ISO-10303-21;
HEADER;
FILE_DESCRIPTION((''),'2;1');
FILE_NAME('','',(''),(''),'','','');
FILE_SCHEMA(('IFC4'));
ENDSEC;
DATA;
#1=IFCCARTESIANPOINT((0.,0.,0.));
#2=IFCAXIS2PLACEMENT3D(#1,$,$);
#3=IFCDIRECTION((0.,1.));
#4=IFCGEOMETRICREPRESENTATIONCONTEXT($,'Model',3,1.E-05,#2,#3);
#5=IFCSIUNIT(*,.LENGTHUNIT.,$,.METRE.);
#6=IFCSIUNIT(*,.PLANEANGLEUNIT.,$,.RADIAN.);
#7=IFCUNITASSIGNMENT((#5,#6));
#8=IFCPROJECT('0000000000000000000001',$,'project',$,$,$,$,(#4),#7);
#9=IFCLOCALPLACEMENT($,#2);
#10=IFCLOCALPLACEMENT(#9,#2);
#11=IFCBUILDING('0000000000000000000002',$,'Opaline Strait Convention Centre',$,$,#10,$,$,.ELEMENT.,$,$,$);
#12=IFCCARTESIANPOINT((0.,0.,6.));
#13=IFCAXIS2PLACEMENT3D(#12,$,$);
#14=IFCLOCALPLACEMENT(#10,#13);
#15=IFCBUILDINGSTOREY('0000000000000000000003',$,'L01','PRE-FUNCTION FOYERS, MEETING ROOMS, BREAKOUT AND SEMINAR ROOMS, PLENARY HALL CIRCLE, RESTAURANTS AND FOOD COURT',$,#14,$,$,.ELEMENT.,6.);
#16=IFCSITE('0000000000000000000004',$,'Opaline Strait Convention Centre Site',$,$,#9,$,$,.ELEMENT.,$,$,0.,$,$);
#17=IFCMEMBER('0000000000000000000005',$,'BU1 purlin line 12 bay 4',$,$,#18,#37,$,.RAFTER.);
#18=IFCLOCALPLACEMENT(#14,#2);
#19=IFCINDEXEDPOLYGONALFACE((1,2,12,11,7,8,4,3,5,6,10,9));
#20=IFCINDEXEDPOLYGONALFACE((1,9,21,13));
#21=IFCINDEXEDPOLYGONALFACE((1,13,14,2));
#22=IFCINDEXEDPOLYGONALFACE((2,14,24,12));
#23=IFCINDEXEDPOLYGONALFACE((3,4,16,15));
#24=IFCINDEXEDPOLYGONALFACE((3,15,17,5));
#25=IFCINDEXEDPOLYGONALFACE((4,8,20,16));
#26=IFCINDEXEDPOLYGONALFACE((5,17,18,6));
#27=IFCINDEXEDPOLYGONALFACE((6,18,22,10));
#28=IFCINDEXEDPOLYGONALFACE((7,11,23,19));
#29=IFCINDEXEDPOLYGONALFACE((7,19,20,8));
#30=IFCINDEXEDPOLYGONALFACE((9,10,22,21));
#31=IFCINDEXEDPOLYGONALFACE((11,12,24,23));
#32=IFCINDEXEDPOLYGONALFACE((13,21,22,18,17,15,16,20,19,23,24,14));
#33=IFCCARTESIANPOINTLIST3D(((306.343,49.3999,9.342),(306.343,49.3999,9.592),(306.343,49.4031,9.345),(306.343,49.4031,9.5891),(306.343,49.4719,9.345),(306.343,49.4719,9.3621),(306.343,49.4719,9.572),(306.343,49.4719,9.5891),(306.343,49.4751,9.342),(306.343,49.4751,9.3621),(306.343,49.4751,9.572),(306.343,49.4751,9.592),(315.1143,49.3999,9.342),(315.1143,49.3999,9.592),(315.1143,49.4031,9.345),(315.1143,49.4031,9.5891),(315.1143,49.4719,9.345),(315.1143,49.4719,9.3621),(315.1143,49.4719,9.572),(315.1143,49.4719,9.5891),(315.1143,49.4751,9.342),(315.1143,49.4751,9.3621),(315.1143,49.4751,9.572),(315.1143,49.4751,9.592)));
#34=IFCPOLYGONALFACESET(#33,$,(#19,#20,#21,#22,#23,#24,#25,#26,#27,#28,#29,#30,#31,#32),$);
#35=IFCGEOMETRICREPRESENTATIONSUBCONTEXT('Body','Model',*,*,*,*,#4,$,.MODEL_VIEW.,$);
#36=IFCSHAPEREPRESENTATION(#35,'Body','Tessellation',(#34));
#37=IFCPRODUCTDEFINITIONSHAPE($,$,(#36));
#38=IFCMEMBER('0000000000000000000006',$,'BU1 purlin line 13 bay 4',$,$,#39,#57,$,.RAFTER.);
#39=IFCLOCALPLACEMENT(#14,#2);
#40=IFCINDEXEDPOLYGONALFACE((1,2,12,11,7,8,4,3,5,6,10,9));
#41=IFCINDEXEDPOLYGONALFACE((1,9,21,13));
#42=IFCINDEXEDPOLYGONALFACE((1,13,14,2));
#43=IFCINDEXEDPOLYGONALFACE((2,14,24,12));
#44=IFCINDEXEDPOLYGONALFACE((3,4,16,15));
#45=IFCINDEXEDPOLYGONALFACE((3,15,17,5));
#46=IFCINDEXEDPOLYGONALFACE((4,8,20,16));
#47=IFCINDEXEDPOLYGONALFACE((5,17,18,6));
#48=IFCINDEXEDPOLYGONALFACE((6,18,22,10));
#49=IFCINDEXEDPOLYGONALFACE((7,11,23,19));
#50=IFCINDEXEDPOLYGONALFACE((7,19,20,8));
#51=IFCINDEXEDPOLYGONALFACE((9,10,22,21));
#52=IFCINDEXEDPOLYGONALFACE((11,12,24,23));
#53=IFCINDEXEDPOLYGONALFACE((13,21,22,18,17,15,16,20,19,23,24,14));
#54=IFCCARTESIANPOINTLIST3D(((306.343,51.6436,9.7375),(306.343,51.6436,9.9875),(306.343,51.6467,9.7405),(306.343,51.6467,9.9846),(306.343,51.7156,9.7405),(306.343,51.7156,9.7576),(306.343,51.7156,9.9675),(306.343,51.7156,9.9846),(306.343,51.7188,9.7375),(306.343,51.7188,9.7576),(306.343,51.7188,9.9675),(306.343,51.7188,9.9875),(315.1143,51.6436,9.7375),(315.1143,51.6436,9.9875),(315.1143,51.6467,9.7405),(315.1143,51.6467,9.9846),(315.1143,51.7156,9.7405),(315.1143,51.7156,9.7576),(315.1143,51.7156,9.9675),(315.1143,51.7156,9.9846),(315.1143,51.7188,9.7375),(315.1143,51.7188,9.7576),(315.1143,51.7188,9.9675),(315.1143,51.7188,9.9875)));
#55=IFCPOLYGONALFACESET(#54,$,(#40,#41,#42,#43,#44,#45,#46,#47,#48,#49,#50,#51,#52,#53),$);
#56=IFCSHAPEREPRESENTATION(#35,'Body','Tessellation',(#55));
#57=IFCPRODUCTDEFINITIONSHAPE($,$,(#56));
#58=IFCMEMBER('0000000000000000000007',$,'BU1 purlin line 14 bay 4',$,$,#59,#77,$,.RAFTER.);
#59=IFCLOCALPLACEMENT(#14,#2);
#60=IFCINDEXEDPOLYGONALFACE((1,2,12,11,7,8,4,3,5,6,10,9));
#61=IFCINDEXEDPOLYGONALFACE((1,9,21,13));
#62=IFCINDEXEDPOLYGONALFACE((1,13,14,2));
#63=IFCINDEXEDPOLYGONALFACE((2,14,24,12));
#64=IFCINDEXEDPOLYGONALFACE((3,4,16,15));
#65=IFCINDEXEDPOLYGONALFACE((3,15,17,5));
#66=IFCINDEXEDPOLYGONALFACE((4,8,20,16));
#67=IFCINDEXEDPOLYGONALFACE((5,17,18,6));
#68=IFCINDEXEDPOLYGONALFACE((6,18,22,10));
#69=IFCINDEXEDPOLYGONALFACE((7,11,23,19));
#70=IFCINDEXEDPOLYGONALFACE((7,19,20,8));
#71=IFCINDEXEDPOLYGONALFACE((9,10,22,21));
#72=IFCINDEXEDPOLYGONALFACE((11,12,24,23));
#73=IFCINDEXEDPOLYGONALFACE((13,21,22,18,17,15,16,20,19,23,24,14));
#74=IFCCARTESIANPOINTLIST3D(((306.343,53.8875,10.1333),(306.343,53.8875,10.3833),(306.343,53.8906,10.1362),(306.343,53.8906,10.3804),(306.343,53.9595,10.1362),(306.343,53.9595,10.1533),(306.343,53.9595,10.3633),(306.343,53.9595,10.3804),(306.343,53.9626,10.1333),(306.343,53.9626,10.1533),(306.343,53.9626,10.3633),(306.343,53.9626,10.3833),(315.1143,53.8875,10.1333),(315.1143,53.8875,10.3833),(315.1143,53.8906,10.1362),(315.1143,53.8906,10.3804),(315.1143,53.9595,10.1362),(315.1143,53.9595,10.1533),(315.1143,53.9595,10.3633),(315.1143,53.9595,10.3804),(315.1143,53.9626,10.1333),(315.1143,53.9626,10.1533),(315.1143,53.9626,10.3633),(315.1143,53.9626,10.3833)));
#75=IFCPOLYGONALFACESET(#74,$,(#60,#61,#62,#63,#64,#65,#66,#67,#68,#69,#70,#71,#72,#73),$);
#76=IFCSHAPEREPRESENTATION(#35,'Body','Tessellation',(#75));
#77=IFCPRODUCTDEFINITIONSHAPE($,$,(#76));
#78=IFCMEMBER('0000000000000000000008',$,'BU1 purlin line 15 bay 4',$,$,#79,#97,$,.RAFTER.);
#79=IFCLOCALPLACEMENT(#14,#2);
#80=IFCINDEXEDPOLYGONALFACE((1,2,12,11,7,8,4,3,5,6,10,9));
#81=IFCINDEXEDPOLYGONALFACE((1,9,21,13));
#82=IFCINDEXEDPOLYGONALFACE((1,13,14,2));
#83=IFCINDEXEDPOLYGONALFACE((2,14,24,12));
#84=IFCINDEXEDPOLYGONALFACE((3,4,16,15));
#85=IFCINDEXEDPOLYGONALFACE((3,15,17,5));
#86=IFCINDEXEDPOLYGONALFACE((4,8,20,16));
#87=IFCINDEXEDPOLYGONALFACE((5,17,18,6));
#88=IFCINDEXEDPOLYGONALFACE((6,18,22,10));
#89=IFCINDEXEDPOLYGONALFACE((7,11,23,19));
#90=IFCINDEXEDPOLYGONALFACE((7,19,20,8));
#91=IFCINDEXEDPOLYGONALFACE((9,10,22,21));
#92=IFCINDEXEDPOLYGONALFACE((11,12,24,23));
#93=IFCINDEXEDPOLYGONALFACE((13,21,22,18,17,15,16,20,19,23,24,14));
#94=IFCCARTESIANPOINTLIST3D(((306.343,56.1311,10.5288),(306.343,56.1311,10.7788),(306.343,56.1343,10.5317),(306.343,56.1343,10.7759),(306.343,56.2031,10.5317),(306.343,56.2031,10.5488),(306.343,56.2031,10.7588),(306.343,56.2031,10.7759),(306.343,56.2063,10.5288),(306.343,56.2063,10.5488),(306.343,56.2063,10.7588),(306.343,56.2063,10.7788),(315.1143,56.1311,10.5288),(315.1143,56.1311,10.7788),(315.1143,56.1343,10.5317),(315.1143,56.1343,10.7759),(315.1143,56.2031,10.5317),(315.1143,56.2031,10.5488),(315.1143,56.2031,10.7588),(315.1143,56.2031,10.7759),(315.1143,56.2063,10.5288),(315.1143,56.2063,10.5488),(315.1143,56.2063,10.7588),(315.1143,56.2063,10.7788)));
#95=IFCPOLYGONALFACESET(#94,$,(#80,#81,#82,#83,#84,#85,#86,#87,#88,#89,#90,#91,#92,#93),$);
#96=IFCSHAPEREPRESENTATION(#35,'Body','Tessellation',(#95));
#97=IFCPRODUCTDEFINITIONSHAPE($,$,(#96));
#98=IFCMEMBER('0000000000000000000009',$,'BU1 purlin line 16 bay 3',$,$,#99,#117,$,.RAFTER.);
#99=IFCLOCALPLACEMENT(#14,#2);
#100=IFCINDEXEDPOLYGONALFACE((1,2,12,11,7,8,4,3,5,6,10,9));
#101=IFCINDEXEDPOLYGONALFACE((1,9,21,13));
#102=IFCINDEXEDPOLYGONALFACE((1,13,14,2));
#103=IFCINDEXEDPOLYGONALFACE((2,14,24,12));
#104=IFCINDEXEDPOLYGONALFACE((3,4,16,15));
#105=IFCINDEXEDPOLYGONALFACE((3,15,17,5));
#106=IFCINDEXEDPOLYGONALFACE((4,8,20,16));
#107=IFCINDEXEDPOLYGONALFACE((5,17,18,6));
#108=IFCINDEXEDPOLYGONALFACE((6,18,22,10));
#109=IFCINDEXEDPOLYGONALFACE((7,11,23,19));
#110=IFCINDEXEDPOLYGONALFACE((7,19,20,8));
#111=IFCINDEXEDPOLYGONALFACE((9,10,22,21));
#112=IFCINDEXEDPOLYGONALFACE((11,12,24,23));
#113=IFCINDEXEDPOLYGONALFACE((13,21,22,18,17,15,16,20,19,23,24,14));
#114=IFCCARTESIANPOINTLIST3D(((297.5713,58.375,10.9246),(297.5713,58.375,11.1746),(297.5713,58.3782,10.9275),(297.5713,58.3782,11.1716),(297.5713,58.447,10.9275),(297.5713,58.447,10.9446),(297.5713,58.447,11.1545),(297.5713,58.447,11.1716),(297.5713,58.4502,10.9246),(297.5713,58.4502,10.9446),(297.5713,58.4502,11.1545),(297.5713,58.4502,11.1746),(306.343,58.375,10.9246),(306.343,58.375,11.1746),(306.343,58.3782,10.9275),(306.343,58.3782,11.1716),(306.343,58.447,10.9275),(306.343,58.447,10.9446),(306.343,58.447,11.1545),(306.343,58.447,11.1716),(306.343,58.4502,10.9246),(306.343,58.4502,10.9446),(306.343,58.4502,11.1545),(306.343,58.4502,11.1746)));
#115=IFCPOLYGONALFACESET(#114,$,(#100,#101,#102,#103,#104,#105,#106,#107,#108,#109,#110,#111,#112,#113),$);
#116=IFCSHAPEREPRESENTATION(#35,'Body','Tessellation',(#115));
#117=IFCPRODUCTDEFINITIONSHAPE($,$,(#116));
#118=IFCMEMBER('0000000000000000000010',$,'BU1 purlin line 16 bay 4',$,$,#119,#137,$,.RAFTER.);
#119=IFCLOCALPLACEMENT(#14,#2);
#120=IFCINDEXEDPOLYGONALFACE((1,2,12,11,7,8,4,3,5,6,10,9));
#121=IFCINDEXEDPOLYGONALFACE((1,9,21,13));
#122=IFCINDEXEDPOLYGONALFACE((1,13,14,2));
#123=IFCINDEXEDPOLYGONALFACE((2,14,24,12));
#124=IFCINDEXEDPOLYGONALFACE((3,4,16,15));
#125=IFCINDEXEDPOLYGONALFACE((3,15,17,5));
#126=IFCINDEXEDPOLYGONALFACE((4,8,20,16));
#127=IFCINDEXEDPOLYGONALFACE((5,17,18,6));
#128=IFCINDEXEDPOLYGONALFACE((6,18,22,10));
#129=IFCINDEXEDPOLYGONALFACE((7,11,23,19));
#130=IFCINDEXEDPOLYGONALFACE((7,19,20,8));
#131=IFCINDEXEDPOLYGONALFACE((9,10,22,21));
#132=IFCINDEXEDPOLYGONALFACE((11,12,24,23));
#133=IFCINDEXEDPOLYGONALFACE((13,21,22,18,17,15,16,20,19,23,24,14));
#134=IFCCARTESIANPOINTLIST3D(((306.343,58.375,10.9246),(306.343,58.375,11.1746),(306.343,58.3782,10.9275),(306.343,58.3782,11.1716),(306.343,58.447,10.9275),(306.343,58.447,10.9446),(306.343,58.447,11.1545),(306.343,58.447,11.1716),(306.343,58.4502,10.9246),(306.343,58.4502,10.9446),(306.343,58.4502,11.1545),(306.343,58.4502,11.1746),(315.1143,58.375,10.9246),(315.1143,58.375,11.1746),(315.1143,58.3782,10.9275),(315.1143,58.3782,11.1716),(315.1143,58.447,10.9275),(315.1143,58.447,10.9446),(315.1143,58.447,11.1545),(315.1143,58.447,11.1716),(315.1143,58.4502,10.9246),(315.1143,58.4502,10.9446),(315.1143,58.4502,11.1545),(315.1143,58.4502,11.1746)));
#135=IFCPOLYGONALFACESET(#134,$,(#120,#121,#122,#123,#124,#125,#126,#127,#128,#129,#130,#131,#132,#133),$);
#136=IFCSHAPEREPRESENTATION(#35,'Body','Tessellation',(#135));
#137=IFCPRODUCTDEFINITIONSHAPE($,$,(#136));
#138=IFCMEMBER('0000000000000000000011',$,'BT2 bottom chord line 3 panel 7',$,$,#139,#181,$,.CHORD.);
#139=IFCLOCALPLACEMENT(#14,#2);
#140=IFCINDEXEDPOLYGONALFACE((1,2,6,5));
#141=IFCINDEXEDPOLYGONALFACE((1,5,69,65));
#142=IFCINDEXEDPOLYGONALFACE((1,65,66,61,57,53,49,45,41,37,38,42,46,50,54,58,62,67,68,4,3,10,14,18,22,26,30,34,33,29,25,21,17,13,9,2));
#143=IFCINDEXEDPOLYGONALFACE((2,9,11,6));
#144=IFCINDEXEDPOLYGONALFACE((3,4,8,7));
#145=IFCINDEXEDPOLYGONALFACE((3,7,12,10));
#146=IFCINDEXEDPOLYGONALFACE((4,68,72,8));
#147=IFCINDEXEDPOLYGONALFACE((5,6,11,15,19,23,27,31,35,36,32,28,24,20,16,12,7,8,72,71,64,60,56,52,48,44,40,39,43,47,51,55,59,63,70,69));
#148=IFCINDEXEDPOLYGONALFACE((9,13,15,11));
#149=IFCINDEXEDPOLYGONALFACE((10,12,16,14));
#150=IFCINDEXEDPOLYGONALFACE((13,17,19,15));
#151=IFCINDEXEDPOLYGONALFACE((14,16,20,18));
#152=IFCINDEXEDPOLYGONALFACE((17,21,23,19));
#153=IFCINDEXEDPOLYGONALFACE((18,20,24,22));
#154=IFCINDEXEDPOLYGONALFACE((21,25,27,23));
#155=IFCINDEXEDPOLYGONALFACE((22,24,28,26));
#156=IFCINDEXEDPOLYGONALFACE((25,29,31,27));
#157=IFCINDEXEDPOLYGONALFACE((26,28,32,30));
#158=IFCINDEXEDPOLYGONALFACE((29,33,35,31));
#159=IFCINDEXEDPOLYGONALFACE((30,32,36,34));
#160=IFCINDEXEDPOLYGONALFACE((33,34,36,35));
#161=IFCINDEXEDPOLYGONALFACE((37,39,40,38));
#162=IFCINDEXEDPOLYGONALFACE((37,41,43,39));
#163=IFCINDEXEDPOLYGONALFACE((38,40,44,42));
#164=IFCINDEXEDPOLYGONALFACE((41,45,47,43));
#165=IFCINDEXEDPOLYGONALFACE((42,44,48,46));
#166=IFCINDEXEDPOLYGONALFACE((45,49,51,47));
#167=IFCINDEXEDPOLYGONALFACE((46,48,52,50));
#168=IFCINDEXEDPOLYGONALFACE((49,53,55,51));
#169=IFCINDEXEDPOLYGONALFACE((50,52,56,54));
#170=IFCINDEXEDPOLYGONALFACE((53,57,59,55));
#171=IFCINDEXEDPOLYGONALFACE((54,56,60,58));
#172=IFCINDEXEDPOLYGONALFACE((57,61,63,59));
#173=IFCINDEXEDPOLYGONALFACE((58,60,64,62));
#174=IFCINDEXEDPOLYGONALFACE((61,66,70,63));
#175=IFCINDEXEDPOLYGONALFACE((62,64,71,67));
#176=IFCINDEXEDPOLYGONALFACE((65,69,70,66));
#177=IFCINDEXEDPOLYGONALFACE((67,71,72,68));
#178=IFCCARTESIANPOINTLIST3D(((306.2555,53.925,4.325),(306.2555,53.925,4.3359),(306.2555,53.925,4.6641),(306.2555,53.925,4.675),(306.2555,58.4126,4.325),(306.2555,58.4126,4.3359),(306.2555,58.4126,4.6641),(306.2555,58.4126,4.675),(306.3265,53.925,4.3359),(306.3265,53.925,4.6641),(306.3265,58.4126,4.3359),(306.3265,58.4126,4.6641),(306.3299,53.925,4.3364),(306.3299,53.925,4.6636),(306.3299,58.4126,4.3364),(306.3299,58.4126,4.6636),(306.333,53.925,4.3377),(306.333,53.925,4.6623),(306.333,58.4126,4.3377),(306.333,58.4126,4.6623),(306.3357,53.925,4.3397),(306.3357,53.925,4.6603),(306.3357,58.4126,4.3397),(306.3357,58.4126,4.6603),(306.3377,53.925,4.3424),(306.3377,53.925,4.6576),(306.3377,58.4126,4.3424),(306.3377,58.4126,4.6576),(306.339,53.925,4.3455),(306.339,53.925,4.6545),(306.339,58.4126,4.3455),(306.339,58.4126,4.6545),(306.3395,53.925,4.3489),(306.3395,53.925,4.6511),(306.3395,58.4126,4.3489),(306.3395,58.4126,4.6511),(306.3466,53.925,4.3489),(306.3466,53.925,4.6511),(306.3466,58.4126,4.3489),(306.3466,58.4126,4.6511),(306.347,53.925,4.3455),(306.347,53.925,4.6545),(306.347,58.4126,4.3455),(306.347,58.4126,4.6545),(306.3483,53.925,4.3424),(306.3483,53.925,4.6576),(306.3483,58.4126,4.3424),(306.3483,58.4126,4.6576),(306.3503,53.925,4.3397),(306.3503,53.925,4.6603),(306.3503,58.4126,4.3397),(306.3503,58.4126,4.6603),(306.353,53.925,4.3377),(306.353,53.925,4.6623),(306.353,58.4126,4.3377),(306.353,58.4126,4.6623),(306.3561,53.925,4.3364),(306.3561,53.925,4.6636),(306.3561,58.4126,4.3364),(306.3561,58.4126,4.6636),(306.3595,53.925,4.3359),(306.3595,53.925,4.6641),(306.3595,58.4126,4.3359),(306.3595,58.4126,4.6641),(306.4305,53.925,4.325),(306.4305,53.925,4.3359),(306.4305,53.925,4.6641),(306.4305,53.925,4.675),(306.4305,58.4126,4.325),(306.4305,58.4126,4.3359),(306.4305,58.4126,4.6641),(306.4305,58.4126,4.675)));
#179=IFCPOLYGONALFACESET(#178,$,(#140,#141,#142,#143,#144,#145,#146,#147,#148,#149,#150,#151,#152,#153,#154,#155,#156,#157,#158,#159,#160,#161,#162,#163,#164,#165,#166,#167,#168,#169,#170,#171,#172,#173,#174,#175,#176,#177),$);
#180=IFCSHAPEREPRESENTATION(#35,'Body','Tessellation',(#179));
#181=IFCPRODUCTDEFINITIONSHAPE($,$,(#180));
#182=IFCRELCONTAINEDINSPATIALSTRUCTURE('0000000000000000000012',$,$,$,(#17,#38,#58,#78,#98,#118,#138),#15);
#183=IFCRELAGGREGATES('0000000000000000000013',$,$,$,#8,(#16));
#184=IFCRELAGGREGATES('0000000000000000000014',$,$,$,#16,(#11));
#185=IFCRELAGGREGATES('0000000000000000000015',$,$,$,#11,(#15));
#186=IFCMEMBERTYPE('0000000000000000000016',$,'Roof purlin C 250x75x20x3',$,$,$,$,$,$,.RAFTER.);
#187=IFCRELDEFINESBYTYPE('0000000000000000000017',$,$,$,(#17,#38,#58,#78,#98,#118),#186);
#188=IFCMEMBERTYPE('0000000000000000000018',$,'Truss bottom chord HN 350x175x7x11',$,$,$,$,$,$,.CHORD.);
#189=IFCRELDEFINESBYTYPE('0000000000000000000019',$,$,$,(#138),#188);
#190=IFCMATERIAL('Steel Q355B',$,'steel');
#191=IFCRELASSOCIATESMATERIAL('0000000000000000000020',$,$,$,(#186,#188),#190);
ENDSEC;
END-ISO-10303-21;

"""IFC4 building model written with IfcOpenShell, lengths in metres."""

from ifc_helpers import new_model, si_unit, direction, frame, origin, origin_2d, place, context, subcontext, project, spatial, polyline, i_section, outline, extrude, material, material_profile, profile_set, type_object, element, save


model = new_model("IFC4")

# Units and contexts
model_context = context("Model", 3, precision=1e-05, world=origin(), true_north=direction((0.0, 1.0)))
body_context = subcontext(model_context, "Body", "Model", "MODEL_VIEW")
ifc_project = project(units=[si_unit("LENGTHUNIT", "METRE"), si_unit("PLANEANGLEUNIT", "RADIAN")], contexts=[model_context])

# Site, building, storey
site_placement = place(None, origin())
site = spatial("IfcSite", under=ifc_project, at=site_placement, Name="Opaline Strait Convention Centre Site", CompositionType="ELEMENT", RefElevation=0.0)
building_placement = place(site_placement, origin())
building = spatial("IfcBuilding", under=site, at=building_placement, Name="Opaline Strait Convention Centre", CompositionType="ELEMENT")
storey_placement = place(building_placement, frame((0.0, 0.0, 6.0)))
storey = spatial("IfcBuildingStorey", under=building, at=storey_placement, Name="L01", Description="PRE-FUNCTION FOYERS, MEETING ROOMS, BREAKOUT AND SEMINAR ROOMS, PLENARY HALL CIRCLE, RESTAURANTS AND FOOD COURT", CompositionType="ELEMENT", Elevation=6.0)

# Members
ifc_material_1 = material(Name="Steel Q355B", Category="steel")
ifc_material_profile_1 = material_profile(ifc_material_1, outline(polyline([(-0.0376, -0.125), (0.0376, -0.125), (0.0376, -0.105), (0.0344, -0.105), (0.0344, -0.1221), (-0.0344, -0.1221), (-0.0344, 0.1221), (0.0344, 0.1221), (0.0344, 0.105), (0.0376, 0.105), (0.0376, 0.125), (-0.0376, 0.125), (-0.0376, -0.125)])), Name="C 250x75x20x3")
ifc_profile_set_1 = profile_set([ifc_material_profile_1], Name="Steel Q355B")
member_type_1 = type_object("IfcMemberType", Name="Roof purlin C 250x75x20x3", PredefinedType="RAFTER", material=ifc_profile_set_1)
for number, where, z_axis, x_axis, name in (
    (1, (306.343, 49.4375, 9.467), (1.0, 0.0, 0.0), (0.0, 1.0, 0.0), "BU1 purlin line 12 bay 4"),
    (2, (306.343, 51.6812, 9.8625), (1.0, 0.0, 0.0), (0.0, 1.0, 0.0), "BU1 purlin line 13 bay 4"),
    (3, (306.343, 53.925, 10.2583), (1.0, 0.0, 0.0), (0.0, 1.0, 0.0), "BU1 purlin line 14 bay 4"),
    (4, (306.343, 56.1687, 10.6538), (1.0, 0.0, 0.0), (0.0, 1.0, 0.0), "BU1 purlin line 15 bay 4"),
):
    element("IfcMember", number, at=place(storey_placement, frame(where, z_axis=z_axis, x_axis=x_axis)), inside=storey, type_object=member_type_1, Name=name, PredefinedType="RAFTER", context=body_context, shape_type="SweptSolid", body=[
        extrude(outline(polyline([(-0.0376, -0.125), (0.0376, -0.125), (0.0376, -0.105), (0.0344, -0.105), (0.0344, -0.1221), (-0.0344, -0.1221), (-0.0344, 0.1221), (0.0344, 0.1221), (0.0344, 0.105), (0.0376, 0.105), (0.0376, 0.125), (-0.0376, 0.125), (-0.0376, -0.125)])), origin(), (0.0, 0.0, 1.0), 8.7712),
    ])
member_1_placement = place(storey_placement, frame((297.5713, 58.4126, 11.0496), z_axis=(1.0, 0.0, 0.0), x_axis=(0.0, 1.0, 0.0)))
element("IfcMember", 5, at=member_1_placement, inside=storey, type_object=member_type_1, Name="BU1 purlin line 16 bay 3", PredefinedType="RAFTER", context=body_context, shape_type="SweptSolid", body=[
    extrude(outline(polyline([(-0.0376, -0.125), (0.0376, -0.125), (0.0376, -0.105), (0.0344, -0.105), (0.0344, -0.1221), (-0.0344, -0.1221), (-0.0344, 0.1221), (0.0344, 0.1221), (0.0344, 0.105), (0.0376, 0.105), (0.0376, 0.125), (-0.0376, 0.125), (-0.0376, -0.125)])), origin(), (0.0, 0.0, 1.0), 8.7717),
])
member_2_placement = place(storey_placement, frame((306.343, 58.4126, 11.0496), z_axis=(1.0, 0.0, 0.0), x_axis=(0.0, 1.0, 0.0)))
element("IfcMember", 6, at=member_2_placement, inside=storey, type_object=member_type_1, Name="BU1 purlin line 16 bay 4", PredefinedType="RAFTER", context=body_context, shape_type="SweptSolid", body=[
    extrude(outline(polyline([(-0.0376, -0.125), (0.0376, -0.125), (0.0376, -0.105), (0.0344, -0.105), (0.0344, -0.1221), (-0.0344, -0.1221), (-0.0344, 0.1221), (0.0344, 0.1221), (0.0344, 0.105), (0.0376, 0.105), (0.0376, 0.125), (-0.0376, 0.125), (-0.0376, -0.125)])), origin(), (0.0, 0.0, 1.0), 8.7712),
])
ifc_material_profile_2 = material_profile(ifc_material_1, i_section(OverallWidth=0.175, OverallDepth=0.3501, WebThickness=0.0071, FlangeThickness=0.011, FilletRadius=0.0129, at=origin_2d()), Name="HN 350x175x7x11")
ifc_profile_set_2 = profile_set([ifc_material_profile_2], Name="Steel Q355B")
member_type_2 = type_object("IfcMemberType", Name="Truss bottom chord HN 350x175x7x11", PredefinedType="CHORD", material=ifc_profile_set_2)
member_3_placement = place(storey_placement, frame((306.343, 53.925, 4.5), z_axis=(0.0, 1.0, 0.0), x_axis=(-1.0, 0.0, 0.0)))
element("IfcMember", 7, at=member_3_placement, inside=storey, type_object=member_type_2, Name="BT2 bottom chord line 3 panel 7", PredefinedType="CHORD", context=body_context, shape_type="SweptSolid", body=[
    extrude(i_section(OverallWidth=0.175, OverallDepth=0.3501, WebThickness=0.0071, FlangeThickness=0.011, FilletRadius=0.0129, at=origin_2d()), origin(), (0.0, 0.0, 1.0), 4.4875),
])

save(model, "model.ifc")
